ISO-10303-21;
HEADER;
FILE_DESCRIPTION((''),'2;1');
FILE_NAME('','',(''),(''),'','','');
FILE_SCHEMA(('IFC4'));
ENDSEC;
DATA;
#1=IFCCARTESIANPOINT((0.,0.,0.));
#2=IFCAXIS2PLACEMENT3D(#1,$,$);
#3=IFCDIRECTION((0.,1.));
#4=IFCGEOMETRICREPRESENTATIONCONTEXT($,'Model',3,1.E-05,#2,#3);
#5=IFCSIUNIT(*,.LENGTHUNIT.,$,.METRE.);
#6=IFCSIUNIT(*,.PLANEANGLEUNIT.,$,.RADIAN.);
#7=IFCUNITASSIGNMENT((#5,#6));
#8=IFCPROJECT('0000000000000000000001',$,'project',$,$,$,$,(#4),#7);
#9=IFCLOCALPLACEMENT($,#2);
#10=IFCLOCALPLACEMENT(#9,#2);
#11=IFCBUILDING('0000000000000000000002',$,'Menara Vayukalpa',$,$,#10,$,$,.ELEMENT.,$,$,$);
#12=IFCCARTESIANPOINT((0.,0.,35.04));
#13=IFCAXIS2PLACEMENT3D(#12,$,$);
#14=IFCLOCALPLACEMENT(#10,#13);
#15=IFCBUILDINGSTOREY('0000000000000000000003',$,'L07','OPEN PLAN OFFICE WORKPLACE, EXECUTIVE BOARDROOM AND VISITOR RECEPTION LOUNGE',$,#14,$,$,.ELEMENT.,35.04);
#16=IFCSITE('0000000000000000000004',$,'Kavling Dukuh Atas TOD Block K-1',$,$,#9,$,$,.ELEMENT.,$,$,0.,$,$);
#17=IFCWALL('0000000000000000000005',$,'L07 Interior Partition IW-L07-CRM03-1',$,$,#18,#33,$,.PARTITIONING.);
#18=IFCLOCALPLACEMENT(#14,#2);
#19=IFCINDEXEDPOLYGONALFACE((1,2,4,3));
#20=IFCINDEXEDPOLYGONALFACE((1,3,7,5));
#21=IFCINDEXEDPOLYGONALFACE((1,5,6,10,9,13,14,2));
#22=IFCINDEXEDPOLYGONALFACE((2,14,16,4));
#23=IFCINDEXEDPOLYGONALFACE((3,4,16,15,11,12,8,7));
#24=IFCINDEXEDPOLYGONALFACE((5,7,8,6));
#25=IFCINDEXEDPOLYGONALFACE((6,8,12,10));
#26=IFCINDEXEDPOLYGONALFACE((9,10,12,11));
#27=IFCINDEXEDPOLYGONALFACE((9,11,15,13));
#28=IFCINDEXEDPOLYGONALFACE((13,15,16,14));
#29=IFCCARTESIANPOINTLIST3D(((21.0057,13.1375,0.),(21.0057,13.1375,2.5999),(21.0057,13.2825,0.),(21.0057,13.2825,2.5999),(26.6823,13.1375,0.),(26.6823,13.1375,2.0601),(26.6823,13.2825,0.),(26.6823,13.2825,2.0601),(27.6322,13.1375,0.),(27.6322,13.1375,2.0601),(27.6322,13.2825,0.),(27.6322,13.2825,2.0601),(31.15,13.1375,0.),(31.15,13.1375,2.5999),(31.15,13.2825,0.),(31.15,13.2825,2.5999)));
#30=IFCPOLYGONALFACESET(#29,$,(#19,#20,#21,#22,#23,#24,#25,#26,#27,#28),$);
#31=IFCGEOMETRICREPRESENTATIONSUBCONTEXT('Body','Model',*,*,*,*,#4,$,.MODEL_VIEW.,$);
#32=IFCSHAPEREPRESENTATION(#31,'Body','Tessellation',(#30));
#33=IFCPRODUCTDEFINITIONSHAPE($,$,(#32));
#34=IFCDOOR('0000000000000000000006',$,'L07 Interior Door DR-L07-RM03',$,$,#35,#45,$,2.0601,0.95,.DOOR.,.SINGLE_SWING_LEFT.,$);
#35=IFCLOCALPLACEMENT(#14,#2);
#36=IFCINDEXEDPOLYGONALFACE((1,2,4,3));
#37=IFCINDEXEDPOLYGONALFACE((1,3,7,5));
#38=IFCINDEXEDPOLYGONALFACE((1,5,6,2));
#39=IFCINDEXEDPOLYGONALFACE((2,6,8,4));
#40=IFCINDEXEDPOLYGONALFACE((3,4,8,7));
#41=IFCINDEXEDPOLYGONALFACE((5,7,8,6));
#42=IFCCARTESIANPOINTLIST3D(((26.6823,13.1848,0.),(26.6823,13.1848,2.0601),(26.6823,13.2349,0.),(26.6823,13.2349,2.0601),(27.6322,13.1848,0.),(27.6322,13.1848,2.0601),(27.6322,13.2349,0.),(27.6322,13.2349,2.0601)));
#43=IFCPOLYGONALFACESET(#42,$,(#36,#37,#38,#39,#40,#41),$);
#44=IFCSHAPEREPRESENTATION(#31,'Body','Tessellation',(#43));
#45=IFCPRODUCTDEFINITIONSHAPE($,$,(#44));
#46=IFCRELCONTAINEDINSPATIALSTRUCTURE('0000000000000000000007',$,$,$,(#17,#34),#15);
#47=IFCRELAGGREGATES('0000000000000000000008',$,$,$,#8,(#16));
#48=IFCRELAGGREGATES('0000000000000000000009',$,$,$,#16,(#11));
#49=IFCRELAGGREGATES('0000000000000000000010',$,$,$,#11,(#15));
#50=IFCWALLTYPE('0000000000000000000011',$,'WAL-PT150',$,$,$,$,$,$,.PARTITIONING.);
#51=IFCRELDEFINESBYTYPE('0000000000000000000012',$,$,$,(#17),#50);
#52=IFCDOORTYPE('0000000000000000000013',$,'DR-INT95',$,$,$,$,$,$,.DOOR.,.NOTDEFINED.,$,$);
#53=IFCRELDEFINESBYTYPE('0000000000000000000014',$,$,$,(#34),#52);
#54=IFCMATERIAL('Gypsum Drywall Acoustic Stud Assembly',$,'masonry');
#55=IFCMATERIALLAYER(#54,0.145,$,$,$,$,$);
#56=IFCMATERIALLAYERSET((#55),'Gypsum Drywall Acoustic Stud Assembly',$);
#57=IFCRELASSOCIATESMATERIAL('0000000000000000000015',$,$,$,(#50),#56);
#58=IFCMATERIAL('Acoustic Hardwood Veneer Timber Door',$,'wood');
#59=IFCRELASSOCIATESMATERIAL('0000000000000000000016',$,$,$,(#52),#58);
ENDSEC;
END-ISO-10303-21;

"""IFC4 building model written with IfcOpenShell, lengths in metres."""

from ifc_helpers import new_model, si_unit, direction, frame, frame_2d, origin, place, context, subcontext, project, spatial, rectangle, extrude, material, layer, layer_set, type_object, element, fill, save


model = new_model("IFC4")

# Units and contexts
model_context = context("Model", 3, precision=1e-05, world=origin(), true_north=direction((0.0, 1.0)))
body_context = subcontext(model_context, "Body", "Model", "MODEL_VIEW")
ifc_project = project(units=[si_unit("LENGTHUNIT", "METRE"), si_unit("PLANEANGLEUNIT", "RADIAN")], contexts=[model_context])

# Site, building, storey
site_placement = place(None, origin())
site = spatial("IfcSite", under=ifc_project, at=site_placement, Name="Kavling Dukuh Atas TOD Block K-1", CompositionType="ELEMENT", RefElevation=0.0)
building_placement = place(site_placement, origin())
building = spatial("IfcBuilding", under=site, at=building_placement, Name="Menara Vayukalpa", CompositionType="ELEMENT")
storey_placement = place(building_placement, frame((0.0, 0.0, 35.04)))
storey = spatial("IfcBuildingStorey", under=building, at=storey_placement, Name="L07", Description="OPEN PLAN OFFICE WORKPLACE, EXECUTIVE BOARDROOM AND VISITOR RECEPTION LOUNGE", CompositionType="ELEMENT", Elevation=35.04)

# Shared definitions
ifc_material_1 = material(Name="Gypsum Drywall Acoustic Stud Assembly", Category="masonry")
ifc_layer_1 = layer(ifc_material_1, 0.145)
ifc_layer_set_1 = layer_set([ifc_layer_1], Name="Gypsum Drywall Acoustic Stud Assembly")
wall_type_1 = type_object("IfcWallType", Name="WAL-PT150", PredefinedType="PARTITIONING", material=ifc_layer_set_1)
ifc_material_2 = material(Name="Acoustic Hardwood Veneer Timber Door", Category="wood")
door_type_1 = type_object("IfcDoorType", Name="DR-INT95", OperationType="NOTDEFINED", PredefinedType="DOOR", material=ifc_material_2)

# Wall, opening, door
wall_1_placement = place(storey_placement, frame((21.0056, 13.21, 0.0), z_axis=(0.0, 0.0, 1.0), x_axis=(1.0, 0.0, 0.0)))
wall_1 = element("IfcWall", 1, at=wall_1_placement, inside=storey, type_object=wall_type_1, Name="L07 Interior Partition IW-L07-CRM03-1", PredefinedType="PARTITIONING", context=body_context, shape_type="SweptSolid", body=[
    extrude(rectangle(XDim=10.1443, YDim=0.145, at=frame_2d((5.0723, 0.0))), origin(), (0.0, 0.0, 1.0), 2.5999),
])
opening_1_placement = place(wall_1_placement, frame((5.6765, 0.0, 0.0)))
opening_1 = element("IfcOpeningElement", 2, at=opening_1_placement, cuts=wall_1, PredefinedType="OPENING", context=body_context, shape_type="SweptSolid", body=[
    extrude(rectangle(XDim=0.95, YDim=2.0601, at=frame_2d((0.4751, 1.03))), frame((0.0, 0.0825, 0.0), z_axis=(0.0, -1.0, 0.0), x_axis=(1.0, 0.0, 0.0)), (0.0, 0.0, 1.0), 0.165),
])
door_1_placement = place(opening_1_placement, origin())
door_1 = element("IfcDoor", 3, at=door_1_placement, inside=storey, type_object=door_type_1, Name="L07 Interior Door DR-L07-RM03", OperationType="SINGLE_SWING_LEFT", OverallHeight=2.0601, OverallWidth=0.95, PredefinedType="DOOR", context=body_context, shape_type="SweptSolid", body=[
    extrude(rectangle(XDim=0.95, YDim=2.0601, at=frame_2d((0.4751, 1.03))), frame((0.0, 0.0249, 0.0), z_axis=(0.0, -1.0, 0.0), x_axis=(1.0, 0.0, 0.0)), (0.0, 0.0, 1.0), 0.05),
])
fill(opening_1, door_1)

save(model, "model.ifc")
